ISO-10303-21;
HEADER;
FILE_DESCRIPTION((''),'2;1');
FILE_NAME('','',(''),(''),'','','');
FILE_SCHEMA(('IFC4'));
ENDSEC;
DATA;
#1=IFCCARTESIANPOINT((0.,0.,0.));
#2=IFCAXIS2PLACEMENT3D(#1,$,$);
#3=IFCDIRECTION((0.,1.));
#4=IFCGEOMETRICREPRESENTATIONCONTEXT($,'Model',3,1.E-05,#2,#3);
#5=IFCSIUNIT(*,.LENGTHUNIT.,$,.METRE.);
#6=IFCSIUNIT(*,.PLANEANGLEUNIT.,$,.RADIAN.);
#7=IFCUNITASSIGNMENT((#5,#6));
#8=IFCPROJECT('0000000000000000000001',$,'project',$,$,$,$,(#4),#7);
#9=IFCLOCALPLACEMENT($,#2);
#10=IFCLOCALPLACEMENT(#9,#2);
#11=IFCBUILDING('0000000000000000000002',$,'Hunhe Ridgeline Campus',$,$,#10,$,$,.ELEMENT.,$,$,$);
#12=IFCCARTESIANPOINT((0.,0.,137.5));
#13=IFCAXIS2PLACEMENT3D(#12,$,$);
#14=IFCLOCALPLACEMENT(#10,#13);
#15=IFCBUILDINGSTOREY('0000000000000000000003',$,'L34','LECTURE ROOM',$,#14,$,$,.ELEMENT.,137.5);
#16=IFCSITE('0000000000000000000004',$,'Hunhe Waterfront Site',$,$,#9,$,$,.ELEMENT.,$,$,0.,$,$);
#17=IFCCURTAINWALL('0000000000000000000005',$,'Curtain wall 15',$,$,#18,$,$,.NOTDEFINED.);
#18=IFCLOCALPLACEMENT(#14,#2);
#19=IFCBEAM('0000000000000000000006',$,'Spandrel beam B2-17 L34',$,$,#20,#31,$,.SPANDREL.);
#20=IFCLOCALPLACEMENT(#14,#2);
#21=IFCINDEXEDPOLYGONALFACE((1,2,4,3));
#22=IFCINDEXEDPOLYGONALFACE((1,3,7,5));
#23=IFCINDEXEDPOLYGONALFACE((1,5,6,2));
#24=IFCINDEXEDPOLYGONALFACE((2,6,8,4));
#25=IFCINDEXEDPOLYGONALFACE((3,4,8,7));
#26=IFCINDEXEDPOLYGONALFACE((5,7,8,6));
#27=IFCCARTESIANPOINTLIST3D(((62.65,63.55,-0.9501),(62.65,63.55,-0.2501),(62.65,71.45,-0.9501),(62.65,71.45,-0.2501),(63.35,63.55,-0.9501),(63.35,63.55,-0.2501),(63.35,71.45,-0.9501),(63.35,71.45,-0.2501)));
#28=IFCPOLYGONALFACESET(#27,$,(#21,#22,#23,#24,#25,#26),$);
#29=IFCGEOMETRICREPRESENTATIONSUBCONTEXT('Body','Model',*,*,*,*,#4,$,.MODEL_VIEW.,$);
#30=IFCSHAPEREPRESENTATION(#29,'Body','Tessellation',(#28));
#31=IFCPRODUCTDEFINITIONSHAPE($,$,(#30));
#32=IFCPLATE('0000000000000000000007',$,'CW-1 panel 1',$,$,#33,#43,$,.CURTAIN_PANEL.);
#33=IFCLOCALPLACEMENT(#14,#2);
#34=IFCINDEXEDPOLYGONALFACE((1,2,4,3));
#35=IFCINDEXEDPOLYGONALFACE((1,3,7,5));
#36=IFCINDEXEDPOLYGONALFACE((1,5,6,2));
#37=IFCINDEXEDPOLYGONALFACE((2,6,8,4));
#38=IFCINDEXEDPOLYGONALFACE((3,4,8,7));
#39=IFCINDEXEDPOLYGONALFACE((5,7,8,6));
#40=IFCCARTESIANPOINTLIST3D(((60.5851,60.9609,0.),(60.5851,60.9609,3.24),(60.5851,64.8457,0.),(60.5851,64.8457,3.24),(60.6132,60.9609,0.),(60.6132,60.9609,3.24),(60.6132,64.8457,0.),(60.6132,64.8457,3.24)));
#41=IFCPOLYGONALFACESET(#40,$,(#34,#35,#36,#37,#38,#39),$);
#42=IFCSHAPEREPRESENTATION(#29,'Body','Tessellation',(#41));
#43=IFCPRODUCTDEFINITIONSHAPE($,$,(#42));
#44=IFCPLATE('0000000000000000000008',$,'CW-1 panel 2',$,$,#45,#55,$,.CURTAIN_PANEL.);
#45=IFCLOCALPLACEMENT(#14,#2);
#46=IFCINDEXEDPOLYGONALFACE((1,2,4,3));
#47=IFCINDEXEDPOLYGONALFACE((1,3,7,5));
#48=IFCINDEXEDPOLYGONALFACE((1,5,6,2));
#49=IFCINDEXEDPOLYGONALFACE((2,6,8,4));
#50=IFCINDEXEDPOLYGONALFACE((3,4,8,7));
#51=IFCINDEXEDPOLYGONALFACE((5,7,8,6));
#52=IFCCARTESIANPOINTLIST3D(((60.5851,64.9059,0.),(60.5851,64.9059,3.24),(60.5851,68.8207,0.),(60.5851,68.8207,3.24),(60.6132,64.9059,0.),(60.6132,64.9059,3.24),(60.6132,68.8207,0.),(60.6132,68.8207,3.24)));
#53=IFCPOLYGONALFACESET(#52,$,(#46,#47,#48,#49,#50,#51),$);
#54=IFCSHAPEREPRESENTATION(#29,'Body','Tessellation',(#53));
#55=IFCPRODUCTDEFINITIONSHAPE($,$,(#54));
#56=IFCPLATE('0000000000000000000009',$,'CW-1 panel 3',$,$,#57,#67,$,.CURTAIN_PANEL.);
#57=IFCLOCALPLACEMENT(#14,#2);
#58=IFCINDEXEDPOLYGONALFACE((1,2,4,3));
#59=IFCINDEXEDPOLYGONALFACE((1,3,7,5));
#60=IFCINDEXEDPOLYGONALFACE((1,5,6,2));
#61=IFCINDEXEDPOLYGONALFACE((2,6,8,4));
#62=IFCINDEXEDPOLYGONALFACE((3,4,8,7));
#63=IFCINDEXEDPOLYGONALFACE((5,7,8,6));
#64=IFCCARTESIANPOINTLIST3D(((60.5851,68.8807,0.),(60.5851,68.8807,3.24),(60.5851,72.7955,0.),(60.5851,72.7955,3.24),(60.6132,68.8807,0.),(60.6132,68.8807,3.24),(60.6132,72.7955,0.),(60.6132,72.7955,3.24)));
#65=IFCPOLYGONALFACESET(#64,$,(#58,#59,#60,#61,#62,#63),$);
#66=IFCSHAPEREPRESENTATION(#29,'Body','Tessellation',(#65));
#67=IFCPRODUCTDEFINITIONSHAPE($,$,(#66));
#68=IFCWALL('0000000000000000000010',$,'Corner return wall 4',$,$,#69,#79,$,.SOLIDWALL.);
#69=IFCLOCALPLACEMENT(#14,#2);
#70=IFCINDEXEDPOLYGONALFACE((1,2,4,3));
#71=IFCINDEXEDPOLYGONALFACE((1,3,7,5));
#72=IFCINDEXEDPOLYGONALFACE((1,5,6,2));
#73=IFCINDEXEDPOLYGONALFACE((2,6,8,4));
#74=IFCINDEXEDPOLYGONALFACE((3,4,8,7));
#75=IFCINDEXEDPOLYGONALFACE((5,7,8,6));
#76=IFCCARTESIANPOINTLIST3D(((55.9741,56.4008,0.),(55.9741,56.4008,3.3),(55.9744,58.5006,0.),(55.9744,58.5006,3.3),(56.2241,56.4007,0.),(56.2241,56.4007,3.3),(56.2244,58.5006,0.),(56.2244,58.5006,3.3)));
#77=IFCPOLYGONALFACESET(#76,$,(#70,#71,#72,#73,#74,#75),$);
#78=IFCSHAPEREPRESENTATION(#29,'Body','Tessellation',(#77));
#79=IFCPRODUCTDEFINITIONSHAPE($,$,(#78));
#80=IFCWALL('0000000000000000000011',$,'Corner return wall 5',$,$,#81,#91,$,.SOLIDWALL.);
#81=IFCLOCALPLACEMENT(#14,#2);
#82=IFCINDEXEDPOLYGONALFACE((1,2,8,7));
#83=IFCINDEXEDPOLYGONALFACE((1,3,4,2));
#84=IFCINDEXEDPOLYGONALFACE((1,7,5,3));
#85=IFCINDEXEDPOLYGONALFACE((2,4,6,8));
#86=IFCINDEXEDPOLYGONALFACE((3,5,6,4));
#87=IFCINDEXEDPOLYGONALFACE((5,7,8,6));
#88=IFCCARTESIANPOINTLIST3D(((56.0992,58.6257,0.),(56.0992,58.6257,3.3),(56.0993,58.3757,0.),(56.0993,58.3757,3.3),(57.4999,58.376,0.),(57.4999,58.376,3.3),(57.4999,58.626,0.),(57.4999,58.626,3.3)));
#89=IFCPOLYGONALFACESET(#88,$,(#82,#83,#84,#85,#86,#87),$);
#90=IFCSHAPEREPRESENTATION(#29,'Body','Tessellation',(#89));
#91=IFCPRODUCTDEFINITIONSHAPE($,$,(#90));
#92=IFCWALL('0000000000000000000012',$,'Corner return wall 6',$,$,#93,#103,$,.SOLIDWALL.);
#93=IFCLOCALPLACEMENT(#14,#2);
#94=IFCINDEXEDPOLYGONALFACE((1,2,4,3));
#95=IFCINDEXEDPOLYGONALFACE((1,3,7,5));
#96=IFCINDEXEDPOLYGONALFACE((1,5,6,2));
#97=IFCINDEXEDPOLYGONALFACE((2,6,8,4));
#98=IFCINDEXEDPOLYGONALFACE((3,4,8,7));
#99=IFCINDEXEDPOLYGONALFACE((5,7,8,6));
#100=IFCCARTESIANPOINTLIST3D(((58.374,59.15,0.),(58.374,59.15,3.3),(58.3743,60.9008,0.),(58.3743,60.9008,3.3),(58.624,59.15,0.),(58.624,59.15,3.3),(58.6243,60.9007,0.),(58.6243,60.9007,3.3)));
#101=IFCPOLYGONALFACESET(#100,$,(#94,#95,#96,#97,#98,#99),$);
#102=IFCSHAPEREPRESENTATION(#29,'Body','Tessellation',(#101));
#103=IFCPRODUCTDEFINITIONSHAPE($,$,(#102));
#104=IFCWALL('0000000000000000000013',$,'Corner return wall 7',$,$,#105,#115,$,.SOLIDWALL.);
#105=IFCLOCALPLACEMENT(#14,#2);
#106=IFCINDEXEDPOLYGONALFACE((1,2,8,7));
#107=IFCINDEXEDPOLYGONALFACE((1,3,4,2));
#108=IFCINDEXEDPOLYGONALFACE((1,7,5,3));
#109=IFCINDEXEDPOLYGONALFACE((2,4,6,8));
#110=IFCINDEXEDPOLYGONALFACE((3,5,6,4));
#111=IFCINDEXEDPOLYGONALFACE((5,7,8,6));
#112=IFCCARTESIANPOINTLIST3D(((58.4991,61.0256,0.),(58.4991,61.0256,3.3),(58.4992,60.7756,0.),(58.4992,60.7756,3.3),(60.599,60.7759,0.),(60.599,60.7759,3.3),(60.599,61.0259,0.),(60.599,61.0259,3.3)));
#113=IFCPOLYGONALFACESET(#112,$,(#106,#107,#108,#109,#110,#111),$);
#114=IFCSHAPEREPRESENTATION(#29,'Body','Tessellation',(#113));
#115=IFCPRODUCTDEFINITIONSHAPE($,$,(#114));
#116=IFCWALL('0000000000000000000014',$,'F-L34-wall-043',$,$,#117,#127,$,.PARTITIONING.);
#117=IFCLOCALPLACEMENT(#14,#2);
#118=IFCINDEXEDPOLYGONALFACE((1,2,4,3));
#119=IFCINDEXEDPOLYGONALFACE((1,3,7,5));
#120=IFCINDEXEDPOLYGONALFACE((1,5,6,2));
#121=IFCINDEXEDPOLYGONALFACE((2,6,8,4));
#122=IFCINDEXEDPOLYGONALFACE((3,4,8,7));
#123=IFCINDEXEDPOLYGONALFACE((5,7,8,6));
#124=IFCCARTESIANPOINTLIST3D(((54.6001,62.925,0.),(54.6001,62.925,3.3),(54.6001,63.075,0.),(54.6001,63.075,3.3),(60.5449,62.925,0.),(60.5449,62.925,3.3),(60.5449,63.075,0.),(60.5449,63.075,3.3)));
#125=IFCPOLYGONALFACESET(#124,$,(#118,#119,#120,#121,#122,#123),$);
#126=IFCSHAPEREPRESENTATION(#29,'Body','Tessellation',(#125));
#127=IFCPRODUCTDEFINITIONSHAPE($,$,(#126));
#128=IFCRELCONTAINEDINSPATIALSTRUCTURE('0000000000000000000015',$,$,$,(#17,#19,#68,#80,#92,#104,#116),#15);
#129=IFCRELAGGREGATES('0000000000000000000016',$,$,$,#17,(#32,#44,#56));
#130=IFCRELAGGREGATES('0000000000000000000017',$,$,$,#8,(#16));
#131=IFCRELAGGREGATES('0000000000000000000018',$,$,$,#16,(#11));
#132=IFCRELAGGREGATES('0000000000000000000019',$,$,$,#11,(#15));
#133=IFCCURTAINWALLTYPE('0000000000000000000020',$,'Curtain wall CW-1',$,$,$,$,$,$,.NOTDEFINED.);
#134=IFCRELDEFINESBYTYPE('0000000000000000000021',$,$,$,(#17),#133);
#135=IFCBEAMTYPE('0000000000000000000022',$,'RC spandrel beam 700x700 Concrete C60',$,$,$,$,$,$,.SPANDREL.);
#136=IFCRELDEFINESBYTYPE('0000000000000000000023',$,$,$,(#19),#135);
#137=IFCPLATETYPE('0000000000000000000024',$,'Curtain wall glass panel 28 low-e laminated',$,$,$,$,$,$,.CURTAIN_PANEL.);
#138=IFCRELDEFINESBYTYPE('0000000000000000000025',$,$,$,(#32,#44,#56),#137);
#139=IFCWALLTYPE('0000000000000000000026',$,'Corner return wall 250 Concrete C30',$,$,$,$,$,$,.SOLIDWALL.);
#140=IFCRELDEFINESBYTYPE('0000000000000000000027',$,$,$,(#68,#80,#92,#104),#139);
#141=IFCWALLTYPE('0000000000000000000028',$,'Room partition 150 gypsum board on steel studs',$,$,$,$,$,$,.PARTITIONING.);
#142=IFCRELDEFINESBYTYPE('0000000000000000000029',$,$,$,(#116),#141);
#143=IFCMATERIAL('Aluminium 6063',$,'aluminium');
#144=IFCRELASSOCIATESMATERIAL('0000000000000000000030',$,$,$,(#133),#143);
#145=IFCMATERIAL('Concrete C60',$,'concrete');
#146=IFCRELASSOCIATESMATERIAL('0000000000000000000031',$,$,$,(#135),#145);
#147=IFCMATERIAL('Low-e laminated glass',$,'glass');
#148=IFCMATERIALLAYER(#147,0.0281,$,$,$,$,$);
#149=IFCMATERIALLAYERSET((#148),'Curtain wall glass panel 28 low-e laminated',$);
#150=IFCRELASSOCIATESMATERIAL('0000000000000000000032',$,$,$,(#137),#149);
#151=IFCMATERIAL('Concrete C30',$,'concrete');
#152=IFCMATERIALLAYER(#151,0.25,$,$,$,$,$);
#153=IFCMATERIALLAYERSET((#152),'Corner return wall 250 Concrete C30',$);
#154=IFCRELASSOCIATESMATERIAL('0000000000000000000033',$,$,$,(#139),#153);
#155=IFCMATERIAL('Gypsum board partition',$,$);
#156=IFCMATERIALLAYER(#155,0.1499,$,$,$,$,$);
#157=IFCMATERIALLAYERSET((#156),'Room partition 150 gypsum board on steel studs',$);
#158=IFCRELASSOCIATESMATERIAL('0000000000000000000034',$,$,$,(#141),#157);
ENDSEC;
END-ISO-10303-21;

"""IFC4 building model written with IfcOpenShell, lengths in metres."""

from ifc_helpers import new_model, si_unit, direction, frame, frame_2d, origin, origin_2d, place, context, subcontext, project, spatial, rectangle, extrude, material, layer, layer_set, material_profile, profile_set, type_object, element, aggregate, save


model = new_model("IFC4")

# Units and contexts
model_context = context("Model", 3, precision=1e-05, world=origin(), true_north=direction((0.0, 1.0)))
body_context = subcontext(model_context, "Body", "Model", "MODEL_VIEW")
ifc_project = project(units=[si_unit("LENGTHUNIT", "METRE"), si_unit("PLANEANGLEUNIT", "RADIAN")], contexts=[model_context])

# Site, building, storey
site_placement = place(None, origin())
site = spatial("IfcSite", under=ifc_project, at=site_placement, Name="Hunhe Waterfront Site", CompositionType="ELEMENT", RefElevation=0.0)
building_placement = place(site_placement, origin())
building = spatial("IfcBuilding", under=site, at=building_placement, Name="Hunhe Ridgeline Campus", CompositionType="ELEMENT")
storey_placement = place(building_placement, frame((0.0, 0.0, 137.5)))
storey = spatial("IfcBuildingStorey", under=building, at=storey_placement, Name="L34", Description="LECTURE ROOM", CompositionType="ELEMENT", Elevation=137.5)

# Shared definitions
ifc_material_1 = material(Name="Aluminium 6063", Category="aluminium")
curtain_wall_type = type_object("IfcCurtainWallType", Name="Curtain wall CW-1", PredefinedType="NOTDEFINED", material=ifc_material_1)

# Curtain wall
curtain_wall_1_placement = place(storey_placement, origin())
curtain_wall_1 = element("IfcCurtainWall", 1, at=curtain_wall_1_placement, inside=storey, type_object=curtain_wall_type, Name="Curtain wall 15", PredefinedType="NOTDEFINED")

# Beam
ifc_material_2 = material(Name="Concrete C60", Category="concrete")
ifc_material_profile_1 = material_profile(ifc_material_2, rectangle(XDim=0.7, YDim=0.7, at=origin_2d()))
ifc_profile_set_1 = profile_set([ifc_material_profile_1], Name="Concrete C60")
beam_type = type_object("IfcBeamType", Name="RC spandrel beam 700x700 Concrete C60", PredefinedType="SPANDREL", material=ifc_profile_set_1)
beam_1_placement = place(storey_placement, frame((63.0, 63.55, -0.6001), z_axis=(0.0, 1.0, 0.0), x_axis=(-1.0, 0.0, 0.0)))
element("IfcBeam", 2, at=beam_1_placement, inside=storey, type_object=beam_type, Name="Spandrel beam B2-17 L34", PredefinedType="SPANDREL", context=body_context, shape_type="SweptSolid", body=[
    extrude(rectangle(XDim=0.7, YDim=0.7, at=origin_2d()), origin(), (0.0, 0.0, 1.0), 7.8999),
])

# Plates
ifc_material_3 = material(Name="Low-e laminated glass", Category="glass")
ifc_layer_1 = layer(ifc_material_3, 0.0281)
ifc_layer_set_1 = layer_set([ifc_layer_1], Name="Curtain wall glass panel 28 low-e laminated")
plate_type = type_object("IfcPlateType", Name="Curtain wall glass panel 28 low-e laminated", PredefinedType="CURTAIN_PANEL", material=ifc_layer_set_1)
plate_1_placement = place(storey_placement, frame((60.5991, 62.9033, 0.0), z_axis=(0.0, 0.0, 1.0), x_axis=(0.0, 1.0, 0.0)))
plate_1 = element("IfcPlate", 3, at=plate_1_placement, type_object=plate_type, Name="CW-1 panel 1", PredefinedType="CURTAIN_PANEL", context=body_context, shape_type="SweptSolid", body=[
    extrude(rectangle(XDim=3.8848, YDim=0.0281, at=origin_2d()), origin(), (0.0, 0.0, 1.0), 3.24),
])
plate_2_placement = place(storey_placement, frame((60.5991, 66.8633, 0.0), z_axis=(0.0, 0.0, 1.0), x_axis=(0.0, 1.0, 0.0)))
plate_2 = element("IfcPlate", 4, at=plate_2_placement, type_object=plate_type, Name="CW-1 panel 2", PredefinedType="CURTAIN_PANEL", context=body_context, shape_type="SweptSolid", body=[
    extrude(rectangle(XDim=3.9148, YDim=0.0281, at=origin_2d()), origin(), (0.0, 0.0, 1.0), 3.24),
])
plate_3_placement = place(storey_placement, frame((60.5991, 70.8381, 0.0), z_axis=(0.0, 0.0, 1.0), x_axis=(0.0, 1.0, 0.0)))
plate_3 = element("IfcPlate", 5, at=plate_3_placement, type_object=plate_type, Name="CW-1 panel 3", PredefinedType="CURTAIN_PANEL", context=body_context, shape_type="SweptSolid", body=[
    extrude(rectangle(XDim=3.9148, YDim=0.0281, at=origin_2d()), origin(), (0.0, 0.0, 1.0), 3.24),
])
aggregate(curtain_wall_1, [plate_1, plate_2, plate_3])

# Walls
ifc_material_4 = material(Name="Concrete C30", Category="concrete")
ifc_layer_2 = layer(ifc_material_4, 0.25)
ifc_layer_set_2 = layer_set([ifc_layer_2], Name="Corner return wall 250 Concrete C30")
wall_type_1 = type_object("IfcWallType", Name="Corner return wall 250 Concrete C30", PredefinedType="SOLIDWALL", material=ifc_layer_set_2)
wall_1_placement = place(storey_placement, frame((56.0991, 56.4009, 0.0), z_axis=(0.0, 0.0, 1.0), x_axis=(0.000116, 1.0, 0.0)))
element("IfcWall", 6, at=wall_1_placement, inside=storey, type_object=wall_type_1, Name="Corner return wall 4", PredefinedType="SOLIDWALL", context=body_context, shape_type="SweptSolid", body=[
    extrude(rectangle(XDim=2.0999, YDim=0.25, at=frame_2d((1.0498, 0.0))), origin(), (0.0, 0.0, 1.0), 3.3),
])
wall_2_placement = place(storey_placement, frame((56.0994, 58.5007, 0.0), z_axis=(0.0, 0.0, 1.0), x_axis=(1.0, 0.000174, 0.0)))
element("IfcWall", 7, at=wall_2_placement, inside=storey, type_object=wall_type_1, Name="Corner return wall 5", PredefinedType="SOLIDWALL", context=body_context, shape_type="SweptSolid", body=[
    extrude(rectangle(XDim=1.4006, YDim=0.25, at=frame_2d((0.7002, 0.0))), origin(), (0.0, 0.0, 1.0), 3.3),
])
wall_3_placement = place(storey_placement, frame((58.499, 59.1499, 0.0), z_axis=(0.0, 0.0, 1.0), x_axis=(0.000139, 1.0, 0.0)))
element("IfcWall", 8, at=wall_3_placement, inside=storey, type_object=wall_type_1, Name="Corner return wall 6", PredefinedType="SOLIDWALL", context=body_context, shape_type="SweptSolid", body=[
    extrude(rectangle(XDim=1.7507, YDim=0.25, at=frame_2d((0.8755, 0.0))), origin(), (0.0, 0.0, 1.0), 3.3),
])
wall_4_placement = place(storey_placement, frame((58.4993, 60.9006, 0.0), z_axis=(0.0, 0.0, 1.0), x_axis=(1.0, 0.000116, 0.0)))
element("IfcWall", 9, at=wall_4_placement, inside=storey, type_object=wall_type_1, Name="Corner return wall 7", PredefinedType="SOLIDWALL", context=body_context, shape_type="SweptSolid", body=[
    extrude(rectangle(XDim=2.0999, YDim=0.25, at=frame_2d((1.0498, 0.0))), origin(), (0.0, 0.0, 1.0), 3.3),
])
ifc_material_5 = material(Name="Gypsum board partition")
ifc_layer_3 = layer(ifc_material_5, 0.1499)
ifc_layer_set_3 = layer_set([ifc_layer_3], Name="Room partition 150 gypsum board on steel studs")
wall_type_2 = type_object("IfcWallType", Name="Room partition 150 gypsum board on steel studs", PredefinedType="PARTITIONING", material=ifc_layer_set_3)
wall_5_placement = place(storey_placement, frame((54.6001, 63.0, 0.0), z_axis=(0.0, 0.0, 1.0), x_axis=(1.0, 0.0, 0.0)))
element("IfcWall", 10, at=wall_5_placement, inside=storey, type_object=wall_type_2, Name="F-L34-wall-043", PredefinedType="PARTITIONING", context=body_context, shape_type="SweptSolid", body=[
    extrude(rectangle(XDim=5.9448, YDim=0.1499, at=frame_2d((2.9724, 0.0))), origin(), (0.0, 0.0, 1.0), 3.3),
])

save(model, "model.ifc")
